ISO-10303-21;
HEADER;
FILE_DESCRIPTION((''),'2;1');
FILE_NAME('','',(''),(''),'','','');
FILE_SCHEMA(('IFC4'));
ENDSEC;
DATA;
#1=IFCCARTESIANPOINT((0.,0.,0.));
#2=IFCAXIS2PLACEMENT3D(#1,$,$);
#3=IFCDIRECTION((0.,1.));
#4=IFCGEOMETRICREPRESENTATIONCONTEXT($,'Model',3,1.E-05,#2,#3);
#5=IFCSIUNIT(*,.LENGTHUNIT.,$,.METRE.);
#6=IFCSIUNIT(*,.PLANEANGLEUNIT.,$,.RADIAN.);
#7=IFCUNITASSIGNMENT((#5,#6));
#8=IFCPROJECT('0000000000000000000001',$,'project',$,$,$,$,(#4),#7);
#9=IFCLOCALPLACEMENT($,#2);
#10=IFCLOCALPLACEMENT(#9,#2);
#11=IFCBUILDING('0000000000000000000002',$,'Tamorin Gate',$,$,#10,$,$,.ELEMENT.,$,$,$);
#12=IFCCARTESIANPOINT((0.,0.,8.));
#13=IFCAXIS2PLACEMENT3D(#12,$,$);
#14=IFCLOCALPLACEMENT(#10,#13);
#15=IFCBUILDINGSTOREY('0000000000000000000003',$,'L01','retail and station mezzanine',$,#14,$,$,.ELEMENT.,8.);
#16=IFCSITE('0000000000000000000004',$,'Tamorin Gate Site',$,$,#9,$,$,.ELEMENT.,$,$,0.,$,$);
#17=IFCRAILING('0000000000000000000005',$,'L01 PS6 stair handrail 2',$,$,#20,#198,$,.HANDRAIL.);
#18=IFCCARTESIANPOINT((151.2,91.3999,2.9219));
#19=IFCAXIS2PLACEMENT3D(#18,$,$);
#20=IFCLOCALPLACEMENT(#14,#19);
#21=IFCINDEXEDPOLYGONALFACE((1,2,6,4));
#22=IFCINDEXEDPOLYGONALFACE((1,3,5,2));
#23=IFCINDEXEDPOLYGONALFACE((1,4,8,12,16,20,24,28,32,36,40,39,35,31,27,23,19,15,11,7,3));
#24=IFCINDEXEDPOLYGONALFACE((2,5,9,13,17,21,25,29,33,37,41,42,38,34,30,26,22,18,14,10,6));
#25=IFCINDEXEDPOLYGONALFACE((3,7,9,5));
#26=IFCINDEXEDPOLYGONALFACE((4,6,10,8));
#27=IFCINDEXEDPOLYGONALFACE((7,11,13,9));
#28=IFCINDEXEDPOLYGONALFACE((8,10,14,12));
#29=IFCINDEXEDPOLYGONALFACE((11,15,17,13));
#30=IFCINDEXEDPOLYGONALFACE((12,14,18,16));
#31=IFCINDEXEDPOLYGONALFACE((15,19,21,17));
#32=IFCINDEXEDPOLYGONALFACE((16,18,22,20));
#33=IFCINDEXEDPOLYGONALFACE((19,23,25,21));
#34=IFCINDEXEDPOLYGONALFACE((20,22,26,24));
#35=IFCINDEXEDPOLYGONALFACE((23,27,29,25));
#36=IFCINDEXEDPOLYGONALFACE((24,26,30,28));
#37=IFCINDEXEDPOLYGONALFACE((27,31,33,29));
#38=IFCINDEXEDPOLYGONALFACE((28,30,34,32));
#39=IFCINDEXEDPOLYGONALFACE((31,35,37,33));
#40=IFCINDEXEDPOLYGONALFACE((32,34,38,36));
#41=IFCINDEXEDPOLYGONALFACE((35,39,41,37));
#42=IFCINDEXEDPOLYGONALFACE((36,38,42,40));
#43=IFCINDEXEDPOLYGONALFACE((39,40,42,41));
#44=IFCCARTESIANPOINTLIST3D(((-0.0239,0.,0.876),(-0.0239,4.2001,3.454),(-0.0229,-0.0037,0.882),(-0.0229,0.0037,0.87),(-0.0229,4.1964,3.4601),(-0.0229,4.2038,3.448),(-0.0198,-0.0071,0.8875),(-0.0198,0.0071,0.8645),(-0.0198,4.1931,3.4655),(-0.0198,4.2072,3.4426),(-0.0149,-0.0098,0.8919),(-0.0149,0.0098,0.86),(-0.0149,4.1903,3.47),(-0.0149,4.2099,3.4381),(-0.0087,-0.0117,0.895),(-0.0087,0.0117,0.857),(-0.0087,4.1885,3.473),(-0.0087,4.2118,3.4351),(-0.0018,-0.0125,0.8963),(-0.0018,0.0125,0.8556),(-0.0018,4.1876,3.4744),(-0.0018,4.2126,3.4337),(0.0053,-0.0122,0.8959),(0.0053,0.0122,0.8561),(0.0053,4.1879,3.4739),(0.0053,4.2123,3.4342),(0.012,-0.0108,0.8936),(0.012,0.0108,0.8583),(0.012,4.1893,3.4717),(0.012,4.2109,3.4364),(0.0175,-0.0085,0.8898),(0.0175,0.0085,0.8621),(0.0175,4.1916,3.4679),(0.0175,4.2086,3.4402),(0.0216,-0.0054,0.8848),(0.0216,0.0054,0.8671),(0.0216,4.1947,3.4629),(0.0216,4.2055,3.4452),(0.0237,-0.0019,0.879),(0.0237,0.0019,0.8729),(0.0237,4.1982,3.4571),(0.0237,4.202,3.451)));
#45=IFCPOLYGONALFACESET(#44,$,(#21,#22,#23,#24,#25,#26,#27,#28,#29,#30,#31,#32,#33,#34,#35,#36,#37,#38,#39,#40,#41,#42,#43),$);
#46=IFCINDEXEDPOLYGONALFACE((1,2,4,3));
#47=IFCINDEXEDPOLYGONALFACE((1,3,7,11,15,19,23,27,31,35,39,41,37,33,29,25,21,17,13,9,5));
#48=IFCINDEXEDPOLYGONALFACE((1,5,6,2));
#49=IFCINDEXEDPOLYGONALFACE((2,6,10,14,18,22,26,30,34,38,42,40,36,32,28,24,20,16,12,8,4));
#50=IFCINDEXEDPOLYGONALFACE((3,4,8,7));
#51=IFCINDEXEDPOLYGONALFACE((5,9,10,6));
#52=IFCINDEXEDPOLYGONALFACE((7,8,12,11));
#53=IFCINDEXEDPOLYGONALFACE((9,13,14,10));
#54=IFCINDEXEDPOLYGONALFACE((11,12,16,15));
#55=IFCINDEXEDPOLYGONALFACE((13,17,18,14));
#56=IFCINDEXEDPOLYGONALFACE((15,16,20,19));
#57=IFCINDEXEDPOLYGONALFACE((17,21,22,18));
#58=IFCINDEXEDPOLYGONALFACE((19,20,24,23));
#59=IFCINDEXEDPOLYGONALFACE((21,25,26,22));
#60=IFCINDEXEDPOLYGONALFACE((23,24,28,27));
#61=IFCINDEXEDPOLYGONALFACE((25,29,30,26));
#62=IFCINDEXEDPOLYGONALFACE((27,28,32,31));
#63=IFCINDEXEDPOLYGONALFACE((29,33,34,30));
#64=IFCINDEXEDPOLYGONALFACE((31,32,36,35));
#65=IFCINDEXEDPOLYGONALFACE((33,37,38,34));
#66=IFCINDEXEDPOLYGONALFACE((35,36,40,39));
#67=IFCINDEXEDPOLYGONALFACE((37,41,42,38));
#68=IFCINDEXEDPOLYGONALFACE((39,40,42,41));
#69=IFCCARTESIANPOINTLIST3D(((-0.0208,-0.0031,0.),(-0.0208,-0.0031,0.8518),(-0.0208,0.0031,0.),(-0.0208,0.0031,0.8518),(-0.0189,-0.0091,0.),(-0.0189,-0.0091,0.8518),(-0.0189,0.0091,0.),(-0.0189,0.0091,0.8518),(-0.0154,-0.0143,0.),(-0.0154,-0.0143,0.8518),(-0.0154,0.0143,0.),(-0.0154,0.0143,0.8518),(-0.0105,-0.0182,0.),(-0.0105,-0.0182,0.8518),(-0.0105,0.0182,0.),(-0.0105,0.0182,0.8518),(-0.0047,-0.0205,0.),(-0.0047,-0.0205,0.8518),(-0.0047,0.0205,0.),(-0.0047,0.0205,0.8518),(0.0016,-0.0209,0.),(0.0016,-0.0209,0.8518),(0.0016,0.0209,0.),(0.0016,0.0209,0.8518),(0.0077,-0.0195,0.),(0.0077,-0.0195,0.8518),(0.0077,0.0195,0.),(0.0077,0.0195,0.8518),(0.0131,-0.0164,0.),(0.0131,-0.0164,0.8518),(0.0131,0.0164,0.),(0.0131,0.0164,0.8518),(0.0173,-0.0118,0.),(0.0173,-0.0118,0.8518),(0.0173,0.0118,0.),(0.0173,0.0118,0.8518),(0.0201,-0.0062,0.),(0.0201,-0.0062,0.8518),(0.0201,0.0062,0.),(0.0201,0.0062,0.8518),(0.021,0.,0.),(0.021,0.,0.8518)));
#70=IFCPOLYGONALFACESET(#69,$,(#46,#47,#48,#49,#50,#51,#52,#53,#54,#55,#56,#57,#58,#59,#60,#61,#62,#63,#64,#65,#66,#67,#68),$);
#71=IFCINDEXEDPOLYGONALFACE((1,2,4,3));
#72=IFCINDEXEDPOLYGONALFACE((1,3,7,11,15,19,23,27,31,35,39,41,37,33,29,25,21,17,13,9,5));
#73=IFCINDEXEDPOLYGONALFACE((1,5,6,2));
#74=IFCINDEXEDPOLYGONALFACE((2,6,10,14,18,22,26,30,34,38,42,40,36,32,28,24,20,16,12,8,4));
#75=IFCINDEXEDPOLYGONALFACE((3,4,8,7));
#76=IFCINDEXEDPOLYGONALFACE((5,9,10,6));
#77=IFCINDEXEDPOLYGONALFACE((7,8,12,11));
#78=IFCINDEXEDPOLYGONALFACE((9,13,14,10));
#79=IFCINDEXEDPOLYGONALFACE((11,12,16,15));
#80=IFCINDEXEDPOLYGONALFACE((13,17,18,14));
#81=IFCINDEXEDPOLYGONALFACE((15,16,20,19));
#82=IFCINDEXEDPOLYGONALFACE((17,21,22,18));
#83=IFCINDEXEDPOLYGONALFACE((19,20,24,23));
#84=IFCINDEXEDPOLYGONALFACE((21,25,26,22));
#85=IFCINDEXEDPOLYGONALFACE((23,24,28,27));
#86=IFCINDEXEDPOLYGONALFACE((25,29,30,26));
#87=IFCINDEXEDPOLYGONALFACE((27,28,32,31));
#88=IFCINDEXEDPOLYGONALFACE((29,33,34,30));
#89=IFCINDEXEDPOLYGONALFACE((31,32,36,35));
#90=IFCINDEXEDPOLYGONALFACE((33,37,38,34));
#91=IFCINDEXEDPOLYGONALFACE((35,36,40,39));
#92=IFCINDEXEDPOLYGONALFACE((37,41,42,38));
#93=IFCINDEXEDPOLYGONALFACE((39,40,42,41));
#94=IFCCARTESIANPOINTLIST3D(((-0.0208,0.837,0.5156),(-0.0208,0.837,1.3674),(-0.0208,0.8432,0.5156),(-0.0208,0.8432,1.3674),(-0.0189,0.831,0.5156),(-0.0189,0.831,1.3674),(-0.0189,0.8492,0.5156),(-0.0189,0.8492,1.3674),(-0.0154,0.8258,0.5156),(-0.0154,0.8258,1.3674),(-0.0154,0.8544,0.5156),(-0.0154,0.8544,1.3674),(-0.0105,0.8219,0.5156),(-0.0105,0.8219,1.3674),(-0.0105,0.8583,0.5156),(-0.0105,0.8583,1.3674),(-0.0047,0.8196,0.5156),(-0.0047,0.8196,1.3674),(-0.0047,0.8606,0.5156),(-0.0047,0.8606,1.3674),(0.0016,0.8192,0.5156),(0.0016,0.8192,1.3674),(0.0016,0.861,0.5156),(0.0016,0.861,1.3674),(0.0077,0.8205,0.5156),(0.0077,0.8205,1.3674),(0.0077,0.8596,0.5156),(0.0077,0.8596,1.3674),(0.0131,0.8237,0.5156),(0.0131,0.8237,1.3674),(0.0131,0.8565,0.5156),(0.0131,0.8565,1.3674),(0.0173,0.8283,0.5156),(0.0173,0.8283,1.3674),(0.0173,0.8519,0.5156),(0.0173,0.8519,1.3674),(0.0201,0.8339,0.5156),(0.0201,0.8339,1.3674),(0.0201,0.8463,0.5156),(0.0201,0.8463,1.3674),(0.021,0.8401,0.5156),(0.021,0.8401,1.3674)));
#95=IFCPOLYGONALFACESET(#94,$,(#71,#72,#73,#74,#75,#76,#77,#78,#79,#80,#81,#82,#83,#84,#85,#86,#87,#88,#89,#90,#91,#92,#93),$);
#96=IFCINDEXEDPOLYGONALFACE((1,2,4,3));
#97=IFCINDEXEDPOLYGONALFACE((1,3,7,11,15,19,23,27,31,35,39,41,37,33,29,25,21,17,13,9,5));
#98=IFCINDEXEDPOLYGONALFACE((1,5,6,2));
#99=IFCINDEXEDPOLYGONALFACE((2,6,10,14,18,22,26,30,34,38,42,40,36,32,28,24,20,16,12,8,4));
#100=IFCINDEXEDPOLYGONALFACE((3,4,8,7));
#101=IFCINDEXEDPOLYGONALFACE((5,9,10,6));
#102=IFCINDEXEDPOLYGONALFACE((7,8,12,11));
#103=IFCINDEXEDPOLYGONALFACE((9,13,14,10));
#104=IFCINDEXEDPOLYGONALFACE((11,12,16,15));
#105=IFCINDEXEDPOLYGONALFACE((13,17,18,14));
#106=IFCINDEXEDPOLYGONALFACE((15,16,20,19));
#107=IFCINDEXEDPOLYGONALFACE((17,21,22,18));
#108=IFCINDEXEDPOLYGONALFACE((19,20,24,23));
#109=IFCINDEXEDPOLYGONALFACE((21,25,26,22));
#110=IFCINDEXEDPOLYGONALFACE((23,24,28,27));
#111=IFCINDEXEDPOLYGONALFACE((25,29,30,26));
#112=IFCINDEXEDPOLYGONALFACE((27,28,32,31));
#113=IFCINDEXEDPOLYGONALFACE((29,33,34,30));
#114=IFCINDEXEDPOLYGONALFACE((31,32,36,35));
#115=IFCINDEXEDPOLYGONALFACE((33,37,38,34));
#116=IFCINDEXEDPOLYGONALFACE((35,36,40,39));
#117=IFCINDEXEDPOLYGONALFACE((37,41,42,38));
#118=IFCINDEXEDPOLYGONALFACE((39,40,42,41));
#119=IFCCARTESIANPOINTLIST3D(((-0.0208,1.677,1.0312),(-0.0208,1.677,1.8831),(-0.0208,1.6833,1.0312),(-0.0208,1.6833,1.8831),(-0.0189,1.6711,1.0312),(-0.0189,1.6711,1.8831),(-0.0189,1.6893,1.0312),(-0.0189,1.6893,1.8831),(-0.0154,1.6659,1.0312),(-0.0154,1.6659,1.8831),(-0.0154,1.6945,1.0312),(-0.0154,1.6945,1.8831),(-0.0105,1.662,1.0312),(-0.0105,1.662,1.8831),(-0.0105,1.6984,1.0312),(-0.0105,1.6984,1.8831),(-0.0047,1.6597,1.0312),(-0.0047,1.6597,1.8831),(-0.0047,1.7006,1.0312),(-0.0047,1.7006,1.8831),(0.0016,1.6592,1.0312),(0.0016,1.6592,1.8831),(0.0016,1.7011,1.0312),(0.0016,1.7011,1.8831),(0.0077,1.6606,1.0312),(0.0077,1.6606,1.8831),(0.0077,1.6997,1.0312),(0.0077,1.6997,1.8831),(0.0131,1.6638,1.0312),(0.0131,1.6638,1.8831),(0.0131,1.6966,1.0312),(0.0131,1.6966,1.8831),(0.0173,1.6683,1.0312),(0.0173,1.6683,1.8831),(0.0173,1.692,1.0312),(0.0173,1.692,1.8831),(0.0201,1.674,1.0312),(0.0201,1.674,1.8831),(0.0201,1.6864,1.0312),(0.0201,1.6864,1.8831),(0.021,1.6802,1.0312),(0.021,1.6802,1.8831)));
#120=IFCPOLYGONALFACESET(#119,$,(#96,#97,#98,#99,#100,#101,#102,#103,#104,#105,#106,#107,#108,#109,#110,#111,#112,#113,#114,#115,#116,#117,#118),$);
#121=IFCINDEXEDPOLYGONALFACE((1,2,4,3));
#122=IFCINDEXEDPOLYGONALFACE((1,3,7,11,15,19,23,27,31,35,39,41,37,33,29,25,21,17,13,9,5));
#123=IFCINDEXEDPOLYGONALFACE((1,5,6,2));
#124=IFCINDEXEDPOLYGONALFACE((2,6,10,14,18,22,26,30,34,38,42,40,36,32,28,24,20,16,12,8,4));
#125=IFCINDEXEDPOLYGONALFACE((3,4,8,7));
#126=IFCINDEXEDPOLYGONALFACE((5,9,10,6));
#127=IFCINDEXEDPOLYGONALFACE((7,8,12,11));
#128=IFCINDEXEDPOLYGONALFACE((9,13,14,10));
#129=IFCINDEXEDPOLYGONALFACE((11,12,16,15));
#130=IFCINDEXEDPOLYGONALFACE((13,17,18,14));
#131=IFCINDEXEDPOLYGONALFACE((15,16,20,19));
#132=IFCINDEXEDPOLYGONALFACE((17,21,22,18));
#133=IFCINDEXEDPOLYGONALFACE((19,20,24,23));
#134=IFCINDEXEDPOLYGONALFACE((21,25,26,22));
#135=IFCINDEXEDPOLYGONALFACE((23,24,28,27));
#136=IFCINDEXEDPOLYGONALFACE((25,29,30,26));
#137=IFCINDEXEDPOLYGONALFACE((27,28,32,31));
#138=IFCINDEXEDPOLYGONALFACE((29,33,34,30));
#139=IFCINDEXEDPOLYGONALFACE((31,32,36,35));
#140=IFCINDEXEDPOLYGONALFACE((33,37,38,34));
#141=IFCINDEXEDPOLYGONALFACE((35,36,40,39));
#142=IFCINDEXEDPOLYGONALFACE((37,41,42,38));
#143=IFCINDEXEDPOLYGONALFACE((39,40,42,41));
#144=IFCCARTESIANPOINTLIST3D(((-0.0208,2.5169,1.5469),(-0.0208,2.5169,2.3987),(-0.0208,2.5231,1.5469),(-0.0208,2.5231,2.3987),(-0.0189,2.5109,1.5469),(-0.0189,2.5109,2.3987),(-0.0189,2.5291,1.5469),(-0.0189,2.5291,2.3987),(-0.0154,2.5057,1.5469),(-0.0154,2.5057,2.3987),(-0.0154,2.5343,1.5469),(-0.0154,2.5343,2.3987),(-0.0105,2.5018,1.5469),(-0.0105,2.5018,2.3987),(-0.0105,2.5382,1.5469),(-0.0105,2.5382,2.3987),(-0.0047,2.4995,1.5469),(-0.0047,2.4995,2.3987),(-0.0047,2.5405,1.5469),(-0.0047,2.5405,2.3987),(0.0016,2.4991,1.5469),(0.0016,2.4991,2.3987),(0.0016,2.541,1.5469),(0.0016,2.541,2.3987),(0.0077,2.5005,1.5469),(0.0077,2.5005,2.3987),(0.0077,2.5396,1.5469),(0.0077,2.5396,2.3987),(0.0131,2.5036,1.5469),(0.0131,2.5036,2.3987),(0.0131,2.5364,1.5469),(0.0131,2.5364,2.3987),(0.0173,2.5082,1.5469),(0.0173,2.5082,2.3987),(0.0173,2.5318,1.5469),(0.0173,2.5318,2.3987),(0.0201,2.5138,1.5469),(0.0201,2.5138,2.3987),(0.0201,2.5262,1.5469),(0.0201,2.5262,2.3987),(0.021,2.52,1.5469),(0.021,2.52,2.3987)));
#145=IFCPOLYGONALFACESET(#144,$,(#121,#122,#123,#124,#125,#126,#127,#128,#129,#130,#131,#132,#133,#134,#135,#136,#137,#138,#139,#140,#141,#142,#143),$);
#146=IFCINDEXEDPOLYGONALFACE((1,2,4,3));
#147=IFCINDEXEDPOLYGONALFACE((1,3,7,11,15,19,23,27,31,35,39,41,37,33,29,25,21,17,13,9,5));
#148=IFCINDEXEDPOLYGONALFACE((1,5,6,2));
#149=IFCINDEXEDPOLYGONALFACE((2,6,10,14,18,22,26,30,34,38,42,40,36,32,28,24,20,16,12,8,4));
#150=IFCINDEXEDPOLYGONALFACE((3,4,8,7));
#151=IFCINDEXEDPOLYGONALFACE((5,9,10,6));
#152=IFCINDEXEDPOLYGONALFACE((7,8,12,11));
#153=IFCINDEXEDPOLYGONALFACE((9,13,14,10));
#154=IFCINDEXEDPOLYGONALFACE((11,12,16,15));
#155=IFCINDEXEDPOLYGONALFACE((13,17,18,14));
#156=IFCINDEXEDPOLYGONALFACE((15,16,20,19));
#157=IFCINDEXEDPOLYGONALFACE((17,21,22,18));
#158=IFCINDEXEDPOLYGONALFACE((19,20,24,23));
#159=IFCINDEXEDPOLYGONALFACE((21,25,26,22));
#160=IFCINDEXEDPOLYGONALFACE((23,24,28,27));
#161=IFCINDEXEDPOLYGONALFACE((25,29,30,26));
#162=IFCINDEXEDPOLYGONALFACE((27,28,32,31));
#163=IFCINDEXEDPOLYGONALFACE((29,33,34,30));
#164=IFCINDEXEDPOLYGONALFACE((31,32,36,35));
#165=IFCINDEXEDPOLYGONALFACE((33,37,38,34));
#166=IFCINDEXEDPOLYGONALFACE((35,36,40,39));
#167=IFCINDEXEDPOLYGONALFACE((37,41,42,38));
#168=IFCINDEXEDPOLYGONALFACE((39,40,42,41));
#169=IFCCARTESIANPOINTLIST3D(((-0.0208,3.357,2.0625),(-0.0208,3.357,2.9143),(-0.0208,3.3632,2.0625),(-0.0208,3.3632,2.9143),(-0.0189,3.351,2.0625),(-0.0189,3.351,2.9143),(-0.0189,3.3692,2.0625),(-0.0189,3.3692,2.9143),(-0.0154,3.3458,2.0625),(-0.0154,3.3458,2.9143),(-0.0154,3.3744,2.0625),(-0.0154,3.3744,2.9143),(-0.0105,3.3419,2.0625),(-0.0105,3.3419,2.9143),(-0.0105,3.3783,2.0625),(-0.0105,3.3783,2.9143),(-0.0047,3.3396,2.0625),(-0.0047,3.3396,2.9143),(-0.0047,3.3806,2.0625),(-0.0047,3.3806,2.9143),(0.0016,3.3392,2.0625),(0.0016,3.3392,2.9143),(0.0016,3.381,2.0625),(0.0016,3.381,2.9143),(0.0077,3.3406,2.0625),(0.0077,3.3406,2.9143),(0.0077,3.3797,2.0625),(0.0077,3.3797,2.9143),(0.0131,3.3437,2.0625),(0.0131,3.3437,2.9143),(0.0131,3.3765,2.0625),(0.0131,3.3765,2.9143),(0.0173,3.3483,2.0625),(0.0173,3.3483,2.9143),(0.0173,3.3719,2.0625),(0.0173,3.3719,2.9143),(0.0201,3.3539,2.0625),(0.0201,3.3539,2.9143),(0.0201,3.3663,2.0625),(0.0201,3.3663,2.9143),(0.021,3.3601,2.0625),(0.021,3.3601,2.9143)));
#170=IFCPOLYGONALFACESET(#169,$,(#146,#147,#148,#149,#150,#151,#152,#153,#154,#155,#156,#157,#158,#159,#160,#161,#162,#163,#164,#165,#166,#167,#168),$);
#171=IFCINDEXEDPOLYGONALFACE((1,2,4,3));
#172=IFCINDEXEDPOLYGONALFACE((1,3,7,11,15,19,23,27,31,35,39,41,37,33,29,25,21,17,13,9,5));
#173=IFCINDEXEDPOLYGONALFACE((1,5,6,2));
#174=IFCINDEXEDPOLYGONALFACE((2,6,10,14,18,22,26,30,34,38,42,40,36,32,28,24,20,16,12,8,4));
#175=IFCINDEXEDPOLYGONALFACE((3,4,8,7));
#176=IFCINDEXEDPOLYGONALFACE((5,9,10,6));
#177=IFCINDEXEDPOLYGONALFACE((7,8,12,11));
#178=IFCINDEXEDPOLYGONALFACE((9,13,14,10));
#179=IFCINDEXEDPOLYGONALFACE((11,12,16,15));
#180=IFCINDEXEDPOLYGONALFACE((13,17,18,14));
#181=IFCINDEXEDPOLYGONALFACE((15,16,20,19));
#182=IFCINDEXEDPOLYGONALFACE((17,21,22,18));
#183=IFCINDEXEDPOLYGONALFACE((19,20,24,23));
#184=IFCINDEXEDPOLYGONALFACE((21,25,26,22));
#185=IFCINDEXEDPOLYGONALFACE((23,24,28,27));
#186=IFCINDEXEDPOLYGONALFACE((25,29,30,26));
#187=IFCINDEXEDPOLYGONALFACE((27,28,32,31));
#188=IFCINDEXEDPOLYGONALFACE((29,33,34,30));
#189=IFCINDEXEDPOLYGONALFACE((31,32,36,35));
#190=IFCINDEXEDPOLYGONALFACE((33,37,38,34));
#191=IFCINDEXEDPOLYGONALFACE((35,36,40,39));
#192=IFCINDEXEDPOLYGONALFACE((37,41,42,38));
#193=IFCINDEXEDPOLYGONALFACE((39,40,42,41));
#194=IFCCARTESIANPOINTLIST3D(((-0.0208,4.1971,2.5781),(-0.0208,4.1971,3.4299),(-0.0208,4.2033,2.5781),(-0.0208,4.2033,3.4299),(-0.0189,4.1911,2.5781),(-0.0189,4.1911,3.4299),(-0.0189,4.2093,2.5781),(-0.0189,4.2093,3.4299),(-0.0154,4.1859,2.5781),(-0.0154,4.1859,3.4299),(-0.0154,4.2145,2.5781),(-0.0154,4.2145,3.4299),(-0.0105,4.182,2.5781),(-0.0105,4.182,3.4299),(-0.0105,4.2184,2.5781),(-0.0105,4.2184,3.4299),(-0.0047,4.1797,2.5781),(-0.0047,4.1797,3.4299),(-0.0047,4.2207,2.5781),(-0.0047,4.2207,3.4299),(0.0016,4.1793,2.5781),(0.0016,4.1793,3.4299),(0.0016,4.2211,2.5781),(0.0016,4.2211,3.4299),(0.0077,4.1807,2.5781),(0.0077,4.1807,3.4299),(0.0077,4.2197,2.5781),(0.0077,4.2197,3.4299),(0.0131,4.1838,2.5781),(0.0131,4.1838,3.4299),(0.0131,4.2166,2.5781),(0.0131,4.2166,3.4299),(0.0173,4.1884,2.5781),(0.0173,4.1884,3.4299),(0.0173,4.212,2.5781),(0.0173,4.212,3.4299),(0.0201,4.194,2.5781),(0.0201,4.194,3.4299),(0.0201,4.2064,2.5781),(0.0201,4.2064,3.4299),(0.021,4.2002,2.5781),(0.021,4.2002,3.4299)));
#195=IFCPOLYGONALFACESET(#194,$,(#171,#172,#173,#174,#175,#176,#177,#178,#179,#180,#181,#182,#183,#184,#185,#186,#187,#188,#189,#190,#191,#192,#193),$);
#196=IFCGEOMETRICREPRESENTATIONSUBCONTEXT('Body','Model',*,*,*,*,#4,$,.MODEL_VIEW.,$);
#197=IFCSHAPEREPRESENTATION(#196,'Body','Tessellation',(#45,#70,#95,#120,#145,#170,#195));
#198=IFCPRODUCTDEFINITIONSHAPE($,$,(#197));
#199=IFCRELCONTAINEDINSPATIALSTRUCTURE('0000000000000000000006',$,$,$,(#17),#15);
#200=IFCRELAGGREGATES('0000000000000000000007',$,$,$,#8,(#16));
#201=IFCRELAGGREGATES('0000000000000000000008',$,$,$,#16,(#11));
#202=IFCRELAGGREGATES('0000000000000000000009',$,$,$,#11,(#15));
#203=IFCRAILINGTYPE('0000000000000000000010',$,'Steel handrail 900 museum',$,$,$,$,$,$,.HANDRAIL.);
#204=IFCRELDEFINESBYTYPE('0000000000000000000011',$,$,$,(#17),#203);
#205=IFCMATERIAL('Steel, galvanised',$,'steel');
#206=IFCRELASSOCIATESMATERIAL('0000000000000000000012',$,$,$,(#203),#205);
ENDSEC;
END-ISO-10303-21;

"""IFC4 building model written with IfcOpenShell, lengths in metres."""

from ifc_helpers import new_model, si_unit, direction, frame, origin, origin_2d, place, context, subcontext, project, spatial, circle, extrude, material, type_object, element, save


model = new_model("IFC4")

# Units and contexts
model_context = context("Model", 3, precision=1e-05, world=origin(), true_north=direction((0.0, 1.0)))
body_context = subcontext(model_context, "Body", "Model", "MODEL_VIEW")
ifc_project = project(units=[si_unit("LENGTHUNIT", "METRE"), si_unit("PLANEANGLEUNIT", "RADIAN")], contexts=[model_context])

# Site, building, storey
site_placement = place(None, origin())
site = spatial("IfcSite", under=ifc_project, at=site_placement, Name="Tamorin Gate Site", CompositionType="ELEMENT", RefElevation=0.0)
building_placement = place(site_placement, origin())
building = spatial("IfcBuilding", under=site, at=building_placement, Name="Tamorin Gate", CompositionType="ELEMENT")
storey_placement = place(building_placement, frame((0.0, 0.0, 8.0)))
storey = spatial("IfcBuildingStorey", under=building, at=storey_placement, Name="L01", Description="retail and station mezzanine", CompositionType="ELEMENT", Elevation=8.0)

# Railing
ifc_material_1 = material(Name="Steel, galvanised", Category="steel")
railing_type_1 = type_object("IfcRailingType", Name="Steel handrail 900 museum", PredefinedType="HANDRAIL", material=ifc_material_1)
railing_1_placement = place(storey_placement, frame((151.2, 91.3999, 2.9219)))
element("IfcRailing", 1, at=railing_1_placement, inside=storey, type_object=railing_type_1, Name="L01 PS6 stair handrail 2", PredefinedType="HANDRAIL", context=body_context, shape_type="SweptSolid", body=[
    extrude(circle(Radius=0.0239, at=origin_2d()), frame((0.0, 0.0, 0.876), z_axis=(0.0, 0.852256, 0.523124), x_axis=(-1.0, 0.0, 0.0)), (0.0, 0.0, 1.0), 4.9282),
    extrude(circle(Radius=0.021, at=origin_2d()), origin(), (0.0, 0.0, 1.0), 0.8518),
    extrude(circle(Radius=0.021, at=origin_2d()), frame((0.0, 0.8401, 0.5156)), (0.0, 0.0, 1.0), 0.8518),
    extrude(circle(Radius=0.021, at=origin_2d()), frame((0.0, 1.6802, 1.0312)), (0.0, 0.0, 1.0), 0.8518),
    extrude(circle(Radius=0.021, at=origin_2d()), frame((0.0, 2.52, 1.5469)), (0.0, 0.0, 1.0), 0.8518),
    extrude(circle(Radius=0.021, at=origin_2d()), frame((0.0, 3.3601, 2.0625)), (0.0, 0.0, 1.0), 0.8518),
    extrude(circle(Radius=0.021, at=origin_2d()), frame((0.0, 4.2002, 2.5781)), (0.0, 0.0, 1.0), 0.8518),
])

save(model, "model.ifc")
